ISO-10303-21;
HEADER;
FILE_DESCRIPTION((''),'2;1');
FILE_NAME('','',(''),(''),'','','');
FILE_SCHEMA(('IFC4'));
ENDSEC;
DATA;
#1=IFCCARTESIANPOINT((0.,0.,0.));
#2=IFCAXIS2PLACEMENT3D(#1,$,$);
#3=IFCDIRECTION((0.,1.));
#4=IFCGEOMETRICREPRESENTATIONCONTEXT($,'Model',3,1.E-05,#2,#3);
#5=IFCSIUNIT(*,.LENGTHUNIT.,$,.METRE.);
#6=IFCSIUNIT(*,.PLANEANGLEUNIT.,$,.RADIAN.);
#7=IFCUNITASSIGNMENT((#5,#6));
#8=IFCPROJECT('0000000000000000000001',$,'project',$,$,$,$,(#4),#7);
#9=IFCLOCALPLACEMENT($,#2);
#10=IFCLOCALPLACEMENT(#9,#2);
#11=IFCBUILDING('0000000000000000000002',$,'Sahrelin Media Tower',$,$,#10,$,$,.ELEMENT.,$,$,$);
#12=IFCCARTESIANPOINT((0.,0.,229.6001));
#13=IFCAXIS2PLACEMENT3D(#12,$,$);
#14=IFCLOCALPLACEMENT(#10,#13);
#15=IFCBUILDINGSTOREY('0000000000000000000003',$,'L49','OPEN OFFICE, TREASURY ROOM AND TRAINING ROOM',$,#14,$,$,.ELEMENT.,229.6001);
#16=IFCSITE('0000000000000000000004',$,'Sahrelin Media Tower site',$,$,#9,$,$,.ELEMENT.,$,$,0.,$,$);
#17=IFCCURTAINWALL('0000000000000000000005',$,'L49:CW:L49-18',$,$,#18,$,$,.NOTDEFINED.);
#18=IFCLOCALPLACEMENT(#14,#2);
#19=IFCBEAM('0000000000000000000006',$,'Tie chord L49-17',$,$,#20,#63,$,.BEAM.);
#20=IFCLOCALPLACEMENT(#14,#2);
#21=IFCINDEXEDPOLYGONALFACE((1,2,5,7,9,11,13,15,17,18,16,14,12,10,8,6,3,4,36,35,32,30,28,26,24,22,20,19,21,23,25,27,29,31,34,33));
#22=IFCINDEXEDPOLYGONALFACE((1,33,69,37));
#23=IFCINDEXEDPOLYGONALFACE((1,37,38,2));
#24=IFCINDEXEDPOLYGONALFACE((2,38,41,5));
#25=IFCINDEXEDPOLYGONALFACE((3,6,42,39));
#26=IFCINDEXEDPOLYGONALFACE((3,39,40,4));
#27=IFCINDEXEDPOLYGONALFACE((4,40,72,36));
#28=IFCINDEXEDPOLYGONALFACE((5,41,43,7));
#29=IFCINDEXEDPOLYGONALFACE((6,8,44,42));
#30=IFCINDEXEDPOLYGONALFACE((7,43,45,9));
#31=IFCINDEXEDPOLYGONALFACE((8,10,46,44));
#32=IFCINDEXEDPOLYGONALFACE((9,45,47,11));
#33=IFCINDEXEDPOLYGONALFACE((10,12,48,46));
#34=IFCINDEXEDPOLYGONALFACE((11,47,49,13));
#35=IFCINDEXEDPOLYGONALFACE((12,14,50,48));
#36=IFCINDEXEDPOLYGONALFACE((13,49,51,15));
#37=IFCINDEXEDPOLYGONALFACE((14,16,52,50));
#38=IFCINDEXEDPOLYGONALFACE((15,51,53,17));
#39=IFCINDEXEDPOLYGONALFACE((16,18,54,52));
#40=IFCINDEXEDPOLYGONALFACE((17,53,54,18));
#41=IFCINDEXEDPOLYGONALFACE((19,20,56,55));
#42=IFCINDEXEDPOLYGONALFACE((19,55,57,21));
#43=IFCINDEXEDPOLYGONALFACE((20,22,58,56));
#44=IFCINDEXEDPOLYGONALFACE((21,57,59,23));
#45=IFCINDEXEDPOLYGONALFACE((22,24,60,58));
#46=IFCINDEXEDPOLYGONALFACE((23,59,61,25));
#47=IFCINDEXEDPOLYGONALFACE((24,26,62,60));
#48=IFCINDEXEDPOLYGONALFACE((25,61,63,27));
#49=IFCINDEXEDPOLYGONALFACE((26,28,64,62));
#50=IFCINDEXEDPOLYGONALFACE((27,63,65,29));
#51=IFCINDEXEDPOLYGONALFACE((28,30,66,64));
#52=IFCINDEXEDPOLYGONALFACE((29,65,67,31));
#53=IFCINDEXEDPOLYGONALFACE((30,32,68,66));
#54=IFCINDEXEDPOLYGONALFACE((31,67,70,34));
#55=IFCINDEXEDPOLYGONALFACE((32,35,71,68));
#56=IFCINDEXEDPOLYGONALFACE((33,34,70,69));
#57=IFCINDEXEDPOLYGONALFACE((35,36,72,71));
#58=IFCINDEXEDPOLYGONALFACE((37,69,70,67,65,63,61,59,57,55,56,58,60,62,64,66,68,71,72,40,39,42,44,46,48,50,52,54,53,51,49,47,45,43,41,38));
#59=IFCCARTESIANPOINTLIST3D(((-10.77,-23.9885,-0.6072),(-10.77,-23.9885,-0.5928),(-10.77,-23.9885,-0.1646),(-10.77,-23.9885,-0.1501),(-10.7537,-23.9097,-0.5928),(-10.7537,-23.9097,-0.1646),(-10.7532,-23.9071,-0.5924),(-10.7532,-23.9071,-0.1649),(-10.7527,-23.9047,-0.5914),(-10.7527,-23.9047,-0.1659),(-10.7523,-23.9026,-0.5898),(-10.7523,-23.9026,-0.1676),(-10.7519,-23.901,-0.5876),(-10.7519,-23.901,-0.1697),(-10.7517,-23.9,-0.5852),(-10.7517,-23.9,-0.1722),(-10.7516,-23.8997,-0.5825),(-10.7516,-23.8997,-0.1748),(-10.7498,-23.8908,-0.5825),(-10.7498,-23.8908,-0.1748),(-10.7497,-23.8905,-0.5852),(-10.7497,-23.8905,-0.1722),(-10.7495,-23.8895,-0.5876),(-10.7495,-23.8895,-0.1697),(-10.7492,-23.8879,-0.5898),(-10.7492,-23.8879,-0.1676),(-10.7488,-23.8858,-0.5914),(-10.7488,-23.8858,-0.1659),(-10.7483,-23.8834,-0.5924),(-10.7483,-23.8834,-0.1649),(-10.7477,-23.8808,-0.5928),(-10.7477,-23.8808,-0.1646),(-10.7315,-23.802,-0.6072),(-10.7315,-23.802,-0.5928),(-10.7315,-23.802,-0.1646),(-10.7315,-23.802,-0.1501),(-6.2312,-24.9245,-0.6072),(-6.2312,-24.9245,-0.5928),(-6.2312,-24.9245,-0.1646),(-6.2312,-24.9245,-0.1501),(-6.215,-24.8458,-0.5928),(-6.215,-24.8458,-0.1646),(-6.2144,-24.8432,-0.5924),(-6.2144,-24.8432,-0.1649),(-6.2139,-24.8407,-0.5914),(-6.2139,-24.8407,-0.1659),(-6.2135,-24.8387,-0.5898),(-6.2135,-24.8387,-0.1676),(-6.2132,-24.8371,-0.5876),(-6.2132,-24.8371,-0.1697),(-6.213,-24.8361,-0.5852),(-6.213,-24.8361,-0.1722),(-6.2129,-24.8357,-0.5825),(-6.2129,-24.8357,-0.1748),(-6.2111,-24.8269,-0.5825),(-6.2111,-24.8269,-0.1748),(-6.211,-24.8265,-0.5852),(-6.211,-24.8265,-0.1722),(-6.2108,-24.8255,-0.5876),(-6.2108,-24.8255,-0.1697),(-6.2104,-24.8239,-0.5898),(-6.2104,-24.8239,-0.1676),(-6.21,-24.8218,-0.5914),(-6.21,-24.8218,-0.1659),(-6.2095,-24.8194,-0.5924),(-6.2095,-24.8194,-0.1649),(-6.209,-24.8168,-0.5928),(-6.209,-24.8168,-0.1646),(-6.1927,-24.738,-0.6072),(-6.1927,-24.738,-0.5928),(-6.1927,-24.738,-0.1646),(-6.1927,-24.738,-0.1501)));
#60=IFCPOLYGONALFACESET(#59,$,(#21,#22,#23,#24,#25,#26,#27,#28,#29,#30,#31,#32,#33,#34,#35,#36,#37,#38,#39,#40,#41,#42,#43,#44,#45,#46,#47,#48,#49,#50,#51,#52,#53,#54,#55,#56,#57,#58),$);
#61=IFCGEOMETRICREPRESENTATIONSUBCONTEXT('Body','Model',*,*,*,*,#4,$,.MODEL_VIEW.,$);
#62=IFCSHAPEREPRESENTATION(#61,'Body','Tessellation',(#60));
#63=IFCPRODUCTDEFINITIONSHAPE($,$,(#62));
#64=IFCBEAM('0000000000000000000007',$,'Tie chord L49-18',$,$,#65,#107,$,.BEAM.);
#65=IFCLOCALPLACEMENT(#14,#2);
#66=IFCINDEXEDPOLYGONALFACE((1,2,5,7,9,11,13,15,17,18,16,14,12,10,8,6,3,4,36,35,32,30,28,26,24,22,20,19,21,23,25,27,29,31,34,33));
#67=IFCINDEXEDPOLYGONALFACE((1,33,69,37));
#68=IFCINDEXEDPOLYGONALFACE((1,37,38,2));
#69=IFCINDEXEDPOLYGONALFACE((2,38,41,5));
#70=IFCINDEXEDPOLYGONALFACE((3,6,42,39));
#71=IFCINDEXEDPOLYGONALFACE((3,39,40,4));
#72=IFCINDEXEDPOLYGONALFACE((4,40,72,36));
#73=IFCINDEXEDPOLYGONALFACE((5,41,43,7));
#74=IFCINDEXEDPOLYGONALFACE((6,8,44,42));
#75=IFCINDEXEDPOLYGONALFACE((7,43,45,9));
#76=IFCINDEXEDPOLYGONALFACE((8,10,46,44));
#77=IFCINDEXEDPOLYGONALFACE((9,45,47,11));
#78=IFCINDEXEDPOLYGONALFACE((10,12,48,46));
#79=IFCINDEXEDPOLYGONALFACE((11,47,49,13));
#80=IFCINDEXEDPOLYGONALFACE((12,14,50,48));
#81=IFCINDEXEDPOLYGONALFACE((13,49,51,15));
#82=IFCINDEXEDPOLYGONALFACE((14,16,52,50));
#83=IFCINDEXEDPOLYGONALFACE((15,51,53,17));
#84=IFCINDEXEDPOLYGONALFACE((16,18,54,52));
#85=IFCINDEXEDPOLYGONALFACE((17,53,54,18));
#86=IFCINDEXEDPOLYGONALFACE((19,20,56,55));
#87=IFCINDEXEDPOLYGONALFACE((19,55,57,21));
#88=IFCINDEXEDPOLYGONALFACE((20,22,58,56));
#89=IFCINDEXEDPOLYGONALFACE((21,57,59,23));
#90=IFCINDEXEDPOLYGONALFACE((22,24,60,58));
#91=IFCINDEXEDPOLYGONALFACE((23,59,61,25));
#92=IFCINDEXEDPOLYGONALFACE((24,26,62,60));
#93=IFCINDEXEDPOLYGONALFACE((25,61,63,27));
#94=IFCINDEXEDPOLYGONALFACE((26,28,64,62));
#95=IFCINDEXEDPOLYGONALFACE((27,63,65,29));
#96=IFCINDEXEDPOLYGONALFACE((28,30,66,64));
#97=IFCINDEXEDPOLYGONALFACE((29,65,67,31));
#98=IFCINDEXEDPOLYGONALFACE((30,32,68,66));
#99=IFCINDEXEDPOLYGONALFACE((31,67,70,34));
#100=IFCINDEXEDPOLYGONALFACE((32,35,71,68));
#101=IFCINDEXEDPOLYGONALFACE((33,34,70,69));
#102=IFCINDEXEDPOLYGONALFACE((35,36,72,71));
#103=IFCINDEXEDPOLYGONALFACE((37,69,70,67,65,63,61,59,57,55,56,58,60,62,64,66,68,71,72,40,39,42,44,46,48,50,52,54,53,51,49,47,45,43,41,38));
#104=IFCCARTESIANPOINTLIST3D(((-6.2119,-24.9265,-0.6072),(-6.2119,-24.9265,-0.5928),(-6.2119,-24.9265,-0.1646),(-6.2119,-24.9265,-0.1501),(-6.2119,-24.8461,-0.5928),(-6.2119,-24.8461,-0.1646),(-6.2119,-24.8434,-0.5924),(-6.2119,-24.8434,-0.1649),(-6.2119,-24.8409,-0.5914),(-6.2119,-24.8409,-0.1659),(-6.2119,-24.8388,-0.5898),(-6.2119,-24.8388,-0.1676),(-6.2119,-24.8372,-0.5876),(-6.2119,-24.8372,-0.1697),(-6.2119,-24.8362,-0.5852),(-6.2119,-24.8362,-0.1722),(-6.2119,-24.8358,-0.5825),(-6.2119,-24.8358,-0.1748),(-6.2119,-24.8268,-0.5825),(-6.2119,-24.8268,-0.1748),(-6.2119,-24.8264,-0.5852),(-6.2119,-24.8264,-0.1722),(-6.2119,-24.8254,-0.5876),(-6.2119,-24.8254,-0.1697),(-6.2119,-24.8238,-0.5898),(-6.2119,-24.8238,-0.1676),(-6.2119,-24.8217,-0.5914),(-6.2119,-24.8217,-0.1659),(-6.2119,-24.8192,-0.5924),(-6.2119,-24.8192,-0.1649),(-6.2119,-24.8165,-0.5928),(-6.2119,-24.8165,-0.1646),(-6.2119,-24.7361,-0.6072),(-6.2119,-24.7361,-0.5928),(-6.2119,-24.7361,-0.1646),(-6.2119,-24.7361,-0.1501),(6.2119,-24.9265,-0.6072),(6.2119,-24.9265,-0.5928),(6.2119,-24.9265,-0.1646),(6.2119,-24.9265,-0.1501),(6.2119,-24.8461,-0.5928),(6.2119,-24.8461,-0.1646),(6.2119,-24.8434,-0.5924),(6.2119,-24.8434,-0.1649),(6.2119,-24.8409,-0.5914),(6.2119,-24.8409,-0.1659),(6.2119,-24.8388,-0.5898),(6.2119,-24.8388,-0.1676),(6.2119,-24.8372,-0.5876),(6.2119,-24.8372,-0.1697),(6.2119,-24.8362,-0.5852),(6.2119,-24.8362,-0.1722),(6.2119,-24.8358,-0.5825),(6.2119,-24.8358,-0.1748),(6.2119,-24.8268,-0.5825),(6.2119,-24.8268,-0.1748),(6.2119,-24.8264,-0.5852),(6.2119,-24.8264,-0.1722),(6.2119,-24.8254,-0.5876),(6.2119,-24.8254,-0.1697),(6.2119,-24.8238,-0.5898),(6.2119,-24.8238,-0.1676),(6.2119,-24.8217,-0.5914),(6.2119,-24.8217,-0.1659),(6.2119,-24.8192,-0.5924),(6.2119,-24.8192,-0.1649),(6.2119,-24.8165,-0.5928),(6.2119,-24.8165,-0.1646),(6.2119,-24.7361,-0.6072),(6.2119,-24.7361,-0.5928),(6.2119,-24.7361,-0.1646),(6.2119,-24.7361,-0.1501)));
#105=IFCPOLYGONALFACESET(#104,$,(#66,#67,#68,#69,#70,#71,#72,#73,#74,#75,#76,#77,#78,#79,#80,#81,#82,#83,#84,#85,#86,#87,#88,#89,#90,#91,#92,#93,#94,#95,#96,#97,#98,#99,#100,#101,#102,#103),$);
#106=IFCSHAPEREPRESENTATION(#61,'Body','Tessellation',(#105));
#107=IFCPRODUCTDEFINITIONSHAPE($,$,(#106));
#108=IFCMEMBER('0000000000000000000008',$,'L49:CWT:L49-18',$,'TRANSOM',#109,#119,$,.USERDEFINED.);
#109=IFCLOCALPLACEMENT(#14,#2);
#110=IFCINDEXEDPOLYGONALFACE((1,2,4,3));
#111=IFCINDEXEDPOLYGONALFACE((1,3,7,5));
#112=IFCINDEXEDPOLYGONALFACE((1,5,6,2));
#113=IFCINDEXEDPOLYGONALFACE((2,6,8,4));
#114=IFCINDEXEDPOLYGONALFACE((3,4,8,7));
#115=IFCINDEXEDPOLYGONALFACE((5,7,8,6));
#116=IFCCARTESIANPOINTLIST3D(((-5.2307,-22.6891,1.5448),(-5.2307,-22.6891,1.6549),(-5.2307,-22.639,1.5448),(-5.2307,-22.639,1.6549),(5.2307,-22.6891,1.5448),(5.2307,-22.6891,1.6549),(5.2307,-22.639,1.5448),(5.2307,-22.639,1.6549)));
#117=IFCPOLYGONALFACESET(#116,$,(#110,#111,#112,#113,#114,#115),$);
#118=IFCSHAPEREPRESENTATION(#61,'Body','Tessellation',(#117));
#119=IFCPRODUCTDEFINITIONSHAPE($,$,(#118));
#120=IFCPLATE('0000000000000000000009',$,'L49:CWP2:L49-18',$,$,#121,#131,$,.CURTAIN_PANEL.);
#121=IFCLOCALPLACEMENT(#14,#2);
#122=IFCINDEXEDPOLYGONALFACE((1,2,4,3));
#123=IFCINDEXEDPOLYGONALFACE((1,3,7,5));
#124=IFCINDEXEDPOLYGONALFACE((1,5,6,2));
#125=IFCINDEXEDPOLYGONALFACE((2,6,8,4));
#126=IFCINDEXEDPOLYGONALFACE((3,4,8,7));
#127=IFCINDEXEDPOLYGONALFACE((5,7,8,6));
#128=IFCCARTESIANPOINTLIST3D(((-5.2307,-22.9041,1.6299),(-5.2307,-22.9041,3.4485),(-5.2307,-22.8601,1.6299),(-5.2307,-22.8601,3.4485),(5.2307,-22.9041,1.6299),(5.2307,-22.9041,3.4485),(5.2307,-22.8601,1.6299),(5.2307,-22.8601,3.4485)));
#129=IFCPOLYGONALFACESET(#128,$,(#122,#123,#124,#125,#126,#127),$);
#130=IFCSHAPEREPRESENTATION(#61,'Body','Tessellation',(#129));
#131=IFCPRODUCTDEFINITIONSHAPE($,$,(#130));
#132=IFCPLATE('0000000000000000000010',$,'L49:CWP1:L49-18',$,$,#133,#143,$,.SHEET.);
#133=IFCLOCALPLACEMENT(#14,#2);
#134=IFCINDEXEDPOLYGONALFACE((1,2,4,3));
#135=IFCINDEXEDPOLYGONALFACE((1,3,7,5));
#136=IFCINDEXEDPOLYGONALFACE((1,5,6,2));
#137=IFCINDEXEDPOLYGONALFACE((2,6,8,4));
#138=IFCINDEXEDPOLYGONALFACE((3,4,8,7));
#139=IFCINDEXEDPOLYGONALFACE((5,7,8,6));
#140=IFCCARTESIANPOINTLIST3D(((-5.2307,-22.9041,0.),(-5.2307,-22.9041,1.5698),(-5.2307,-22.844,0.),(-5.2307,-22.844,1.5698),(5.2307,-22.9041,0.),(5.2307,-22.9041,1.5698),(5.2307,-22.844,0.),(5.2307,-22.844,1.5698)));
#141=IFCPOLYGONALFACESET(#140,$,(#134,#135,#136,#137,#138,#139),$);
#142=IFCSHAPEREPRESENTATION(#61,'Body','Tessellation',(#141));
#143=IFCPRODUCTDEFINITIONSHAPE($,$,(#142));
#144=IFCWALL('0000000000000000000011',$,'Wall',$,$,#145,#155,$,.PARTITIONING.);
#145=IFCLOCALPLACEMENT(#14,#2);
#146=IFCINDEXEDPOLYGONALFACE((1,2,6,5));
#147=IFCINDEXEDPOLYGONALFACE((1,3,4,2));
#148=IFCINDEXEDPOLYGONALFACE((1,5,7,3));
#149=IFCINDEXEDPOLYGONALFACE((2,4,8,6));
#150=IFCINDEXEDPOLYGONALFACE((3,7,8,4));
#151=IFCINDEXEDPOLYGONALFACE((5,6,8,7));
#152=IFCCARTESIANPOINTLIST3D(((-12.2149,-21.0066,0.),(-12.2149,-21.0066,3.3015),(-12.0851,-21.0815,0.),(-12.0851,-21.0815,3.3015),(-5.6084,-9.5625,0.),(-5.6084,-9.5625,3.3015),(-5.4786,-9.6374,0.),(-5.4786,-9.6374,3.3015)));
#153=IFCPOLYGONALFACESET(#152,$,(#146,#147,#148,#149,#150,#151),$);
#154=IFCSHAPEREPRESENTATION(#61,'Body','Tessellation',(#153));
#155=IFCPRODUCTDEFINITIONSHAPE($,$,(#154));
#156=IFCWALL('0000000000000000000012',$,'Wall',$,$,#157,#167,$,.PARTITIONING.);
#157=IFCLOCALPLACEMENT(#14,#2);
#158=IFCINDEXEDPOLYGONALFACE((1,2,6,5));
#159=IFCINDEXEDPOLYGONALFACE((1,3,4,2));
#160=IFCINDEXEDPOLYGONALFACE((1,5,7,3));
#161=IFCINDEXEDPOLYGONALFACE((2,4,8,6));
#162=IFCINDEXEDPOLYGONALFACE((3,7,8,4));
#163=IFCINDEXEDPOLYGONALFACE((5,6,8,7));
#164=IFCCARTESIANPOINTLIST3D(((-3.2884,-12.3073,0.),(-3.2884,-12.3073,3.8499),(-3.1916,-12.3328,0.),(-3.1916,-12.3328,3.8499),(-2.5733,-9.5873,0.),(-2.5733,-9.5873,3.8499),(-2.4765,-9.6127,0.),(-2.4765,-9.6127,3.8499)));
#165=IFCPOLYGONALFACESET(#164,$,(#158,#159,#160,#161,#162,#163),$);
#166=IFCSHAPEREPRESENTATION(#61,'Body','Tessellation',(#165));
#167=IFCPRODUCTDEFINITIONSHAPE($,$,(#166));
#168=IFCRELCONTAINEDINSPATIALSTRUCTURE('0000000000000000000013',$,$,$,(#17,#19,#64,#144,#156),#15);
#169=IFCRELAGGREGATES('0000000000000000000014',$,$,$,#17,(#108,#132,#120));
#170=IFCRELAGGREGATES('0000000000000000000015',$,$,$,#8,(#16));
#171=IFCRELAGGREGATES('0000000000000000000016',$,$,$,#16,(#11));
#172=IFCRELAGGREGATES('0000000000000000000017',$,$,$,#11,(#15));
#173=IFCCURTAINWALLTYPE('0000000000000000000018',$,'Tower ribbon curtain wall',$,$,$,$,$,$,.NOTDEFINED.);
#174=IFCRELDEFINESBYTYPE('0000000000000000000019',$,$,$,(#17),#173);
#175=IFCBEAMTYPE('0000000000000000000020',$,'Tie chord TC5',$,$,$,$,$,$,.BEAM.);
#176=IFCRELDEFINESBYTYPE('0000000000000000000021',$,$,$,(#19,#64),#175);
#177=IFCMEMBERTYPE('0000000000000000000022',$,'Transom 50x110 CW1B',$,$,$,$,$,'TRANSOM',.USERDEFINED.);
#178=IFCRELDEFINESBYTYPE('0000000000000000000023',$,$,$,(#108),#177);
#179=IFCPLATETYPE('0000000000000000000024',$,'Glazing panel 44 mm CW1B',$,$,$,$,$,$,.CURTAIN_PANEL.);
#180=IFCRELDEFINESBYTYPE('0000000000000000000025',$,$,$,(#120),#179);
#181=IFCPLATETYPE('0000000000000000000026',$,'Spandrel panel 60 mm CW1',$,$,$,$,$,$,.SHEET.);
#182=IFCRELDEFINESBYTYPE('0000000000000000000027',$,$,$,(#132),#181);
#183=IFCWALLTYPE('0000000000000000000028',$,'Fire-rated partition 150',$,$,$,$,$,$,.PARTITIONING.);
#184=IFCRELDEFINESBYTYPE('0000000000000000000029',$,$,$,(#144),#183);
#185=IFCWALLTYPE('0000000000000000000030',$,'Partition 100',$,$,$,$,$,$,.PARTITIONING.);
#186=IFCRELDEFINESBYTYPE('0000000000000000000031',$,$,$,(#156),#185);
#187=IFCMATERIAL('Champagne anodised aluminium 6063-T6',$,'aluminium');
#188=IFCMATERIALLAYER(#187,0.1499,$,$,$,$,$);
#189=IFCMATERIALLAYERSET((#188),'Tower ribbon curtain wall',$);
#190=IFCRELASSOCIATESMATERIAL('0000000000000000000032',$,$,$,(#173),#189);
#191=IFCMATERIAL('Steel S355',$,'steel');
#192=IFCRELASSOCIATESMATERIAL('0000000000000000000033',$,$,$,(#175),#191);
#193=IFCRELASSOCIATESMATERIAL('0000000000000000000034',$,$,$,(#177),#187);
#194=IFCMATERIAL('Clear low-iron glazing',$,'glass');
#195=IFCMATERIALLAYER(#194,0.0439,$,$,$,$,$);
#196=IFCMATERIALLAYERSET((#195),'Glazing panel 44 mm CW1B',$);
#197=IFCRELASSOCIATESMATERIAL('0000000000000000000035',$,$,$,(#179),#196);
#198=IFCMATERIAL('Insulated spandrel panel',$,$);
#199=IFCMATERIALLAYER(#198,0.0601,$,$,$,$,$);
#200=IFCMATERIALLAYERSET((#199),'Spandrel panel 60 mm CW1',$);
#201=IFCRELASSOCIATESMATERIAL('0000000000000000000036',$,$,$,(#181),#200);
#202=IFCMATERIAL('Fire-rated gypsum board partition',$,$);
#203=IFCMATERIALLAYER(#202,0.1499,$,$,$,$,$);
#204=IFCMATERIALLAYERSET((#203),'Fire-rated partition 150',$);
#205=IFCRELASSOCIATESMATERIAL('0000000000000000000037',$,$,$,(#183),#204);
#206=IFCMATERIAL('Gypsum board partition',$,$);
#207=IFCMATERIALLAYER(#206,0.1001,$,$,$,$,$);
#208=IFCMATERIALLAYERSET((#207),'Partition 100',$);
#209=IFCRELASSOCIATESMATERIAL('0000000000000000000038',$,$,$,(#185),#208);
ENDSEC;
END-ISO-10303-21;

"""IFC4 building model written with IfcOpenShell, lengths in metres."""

from ifc_helpers import new_model, si_unit, direction, frame, frame_2d, origin, origin_2d, place, context, subcontext, project, spatial, polyline, rectangle, i_section, outline, extrude, material, layer, layer_set, material_profile, profile_set, type_object, element, aggregate, save


model = new_model("IFC4")

# Units and contexts
model_context = context("Model", 3, precision=1e-05, world=origin(), true_north=direction((0.0, 1.0)))
body_context = subcontext(model_context, "Body", "Model", "MODEL_VIEW")
ifc_project = project(units=[si_unit("LENGTHUNIT", "METRE"), si_unit("PLANEANGLEUNIT", "RADIAN")], contexts=[model_context])

# Site, building, storey
site_placement = place(None, origin())
site = spatial("IfcSite", under=ifc_project, at=site_placement, Name="Sahrelin Media Tower site", CompositionType="ELEMENT", RefElevation=0.0)
building_placement = place(site_placement, origin())
building = spatial("IfcBuilding", under=site, at=building_placement, Name="Sahrelin Media Tower", CompositionType="ELEMENT")
storey_placement = place(building_placement, frame((0.0, 0.0, 229.6001)))
storey = spatial("IfcBuildingStorey", under=building, at=storey_placement, Name="L49", Description="OPEN OFFICE, TREASURY ROOM AND TRAINING ROOM", CompositionType="ELEMENT", Elevation=229.6001)

# Shared definitions
ifc_material_1 = material(Name="Steel S355", Category="steel")

# Curtain wall
ifc_material_2 = material(Name="Champagne anodised aluminium 6063-T6", Category="aluminium")
ifc_layer_1 = layer(ifc_material_2, 0.1499)
ifc_layer_set_1 = layer_set([ifc_layer_1], Name="Tower ribbon curtain wall")
curtain_wall_type = type_object("IfcCurtainWallType", Name="Tower ribbon curtain wall", PredefinedType="NOTDEFINED", material=ifc_layer_set_1)
curtain_wall_1_placement = place(storey_placement, frame((0.0, -22.884, 0.0), z_axis=(0.0, 0.0, 1.0), x_axis=(1.0, 0.0, 0.0)))
curtain_wall_1 = element("IfcCurtainWall", 1, at=curtain_wall_1_placement, inside=storey, type_object=curtain_wall_type, Name="L49:CW:L49-18", PredefinedType="NOTDEFINED")

# Beams
ifc_material_profile_1 = material_profile(ifc_material_1, i_section(OverallWidth=0.1904, OverallDepth=0.457, WebThickness=0.009, FlangeThickness=0.0144, FilletRadius=0.0103, at=origin_2d()), Name="UB 457x191x74")
ifc_profile_set_1 = profile_set([ifc_material_profile_1], Name="Steel S355")
beam_type_1 = type_object("IfcBeamType", Name="Tie chord TC5", PredefinedType="BEAM", material=ifc_profile_set_1)
beam_1_placement = place(storey_placement, frame((-10.7507, -23.8953, -0.3787), z_axis=(0.97939, -0.201978, 0.0), x_axis=(0.201978, 0.97939, 0.0)))
element("IfcBeam", 2, at=beam_1_placement, inside=storey, type_object=beam_type_1, Name="Tie chord L49-17", PredefinedType="BEAM", context=body_context, shape_type="SweptSolid", body=[
    extrude(i_section(OverallWidth=0.1904, OverallDepth=0.457, WebThickness=0.009, FlangeThickness=0.0144, FilletRadius=0.0103, at=origin_2d()), origin(), (0.0, 0.0, 1.0), 4.6343),
])
beam_2_placement = place(storey_placement, frame((-6.2119, -24.8313, -0.3787), z_axis=(1.0, 0.0, 0.0), x_axis=(0.0, 1.0, 0.0)))
element("IfcBeam", 3, at=beam_2_placement, inside=storey, type_object=beam_type_1, Name="Tie chord L49-18", PredefinedType="BEAM", context=body_context, shape_type="SweptSolid", body=[
    extrude(i_section(OverallWidth=0.1904, OverallDepth=0.457, WebThickness=0.009, FlangeThickness=0.0144, FilletRadius=0.0103, at=origin_2d()), origin(), (0.0, 0.0, 1.0), 12.4238),
])

# Member
ifc_material_profile_2 = material_profile(ifc_material_2, rectangle(XDim=0.05, YDim=0.1101, at=origin_2d()), Name="Transom 50x110")
ifc_profile_set_2 = profile_set([ifc_material_profile_2], Name="Champagne anodised aluminium 6063-T6")
member_type_1 = type_object("IfcMemberType", Name="Transom 50x110 CW1B", ElementType="TRANSOM", PredefinedType="USERDEFINED", material=ifc_profile_set_2)
member_1_placement = place(storey_placement, frame((-5.2307, -22.6641, 1.5999), z_axis=(1.0, 0.0, 0.0), x_axis=(0.0, 1.0, 0.0)))
member_1 = element("IfcMember", 4, at=member_1_placement, type_object=member_type_1, Name="L49:CWT:L49-18", ObjectType="TRANSOM", PredefinedType="USERDEFINED", context=body_context, shape_type="SweptSolid", body=[
    extrude(rectangle(XDim=0.05, YDim=0.1101, at=origin_2d()), origin(), (0.0, 0.0, 1.0), 10.4614),
])

# Plates
ifc_material_3 = material(Name="Clear low-iron glazing", Category="glass")
ifc_layer_2 = layer(ifc_material_3, 0.0439)
ifc_layer_set_2 = layer_set([ifc_layer_2], Name="Glazing panel 44 mm CW1B")
plate_type_1 = type_object("IfcPlateType", Name="Glazing panel 44 mm CW1B", PredefinedType="CURTAIN_PANEL", material=ifc_layer_set_2)
plate_1_placement = place(storey_placement, frame((-5.2307, -22.9041, 1.6299), z_axis=(0.0, -1.0, 0.0), x_axis=(1.0, 0.0, 0.0)))
plate_1 = element("IfcPlate", 5, at=plate_1_placement, type_object=plate_type_1, Name="L49:CWP2:L49-18", PredefinedType="CURTAIN_PANEL", context=body_context, shape_type="SweptSolid", body=[
    extrude(outline(polyline([(0.0, 0.0), (10.4614, 0.0), (10.4614, 1.8186), (0.0, 1.8186), (0.0, 0.0)])), origin(), (0.0, 0.0, -1.0), 0.0439),
])
ifc_material_4 = material(Name="Insulated spandrel panel")
ifc_layer_3 = layer(ifc_material_4, 0.0601)
ifc_layer_set_3 = layer_set([ifc_layer_3], Name="Spandrel panel 60 mm CW1")
plate_type_2 = type_object("IfcPlateType", Name="Spandrel panel 60 mm CW1", PredefinedType="SHEET", material=ifc_layer_set_3)
plate_2_placement = place(storey_placement, frame((-5.2307, -22.9041, 0.0), z_axis=(0.0, -1.0, 0.0), x_axis=(1.0, 0.0, 0.0)))
plate_2 = element("IfcPlate", 6, at=plate_2_placement, type_object=plate_type_2, Name="L49:CWP1:L49-18", PredefinedType="SHEET", context=body_context, shape_type="SweptSolid", body=[
    extrude(outline(polyline([(0.0, 0.0), (10.4614, 0.0), (10.4614, 1.5698), (0.0, 1.5698), (0.0, 0.0)])), origin(), (0.0, 0.0, -1.0), 0.0601),
])
aggregate(curtain_wall_1, [member_1, plate_2, plate_1])

# Walls
ifc_material_5 = material(Name="Fire-rated gypsum board partition")
ifc_layer_4 = layer(ifc_material_5, 0.1499)
ifc_layer_set_4 = layer_set([ifc_layer_4], Name="Fire-rated partition 150")
wall_type_1 = type_object("IfcWallType", Name="Fire-rated partition 150", PredefinedType="PARTITIONING", material=ifc_layer_set_4)
wall_1_placement = place(storey_placement, frame((-12.1499, -21.0439, 0.0), z_axis=(0.0, 0.0, 1.0), x_axis=(0.499954, 0.866052, 0.0)))
element("IfcWall", 7, at=wall_1_placement, inside=storey, type_object=wall_type_1, Name="Wall", PredefinedType="PARTITIONING", context=body_context, shape_type="SweptSolid", body=[
    extrude(rectangle(XDim=13.2141, YDim=0.1499, at=frame_2d((6.6069, 0.0))), origin(), (0.0, 0.0, 1.0), 3.3015),
])
ifc_material_6 = material(Name="Gypsum board partition")
ifc_layer_5 = layer(ifc_material_6, 0.1001)
ifc_layer_set_5 = layer_set([ifc_layer_5], Name="Partition 100")
wall_type_2 = type_object("IfcWallType", Name="Partition 100", PredefinedType="PARTITIONING", material=ifc_layer_set_5)
wall_2_placement = place(storey_placement, frame((-3.24, -12.3201, 0.0), z_axis=(0.0, 0.0, 1.0), x_axis=(0.254263, 0.967135, 0.0)))
element("IfcWall", 8, at=wall_2_placement, inside=storey, type_object=wall_type_2, Name="Wall", PredefinedType="PARTITIONING", context=body_context, shape_type="SweptSolid", body=[
    extrude(rectangle(XDim=2.8125, YDim=0.1001, at=frame_2d((1.4062, 0.0))), origin(), (0.0, 0.0, 1.0), 3.8499),
])

save(model, "model.ifc")
